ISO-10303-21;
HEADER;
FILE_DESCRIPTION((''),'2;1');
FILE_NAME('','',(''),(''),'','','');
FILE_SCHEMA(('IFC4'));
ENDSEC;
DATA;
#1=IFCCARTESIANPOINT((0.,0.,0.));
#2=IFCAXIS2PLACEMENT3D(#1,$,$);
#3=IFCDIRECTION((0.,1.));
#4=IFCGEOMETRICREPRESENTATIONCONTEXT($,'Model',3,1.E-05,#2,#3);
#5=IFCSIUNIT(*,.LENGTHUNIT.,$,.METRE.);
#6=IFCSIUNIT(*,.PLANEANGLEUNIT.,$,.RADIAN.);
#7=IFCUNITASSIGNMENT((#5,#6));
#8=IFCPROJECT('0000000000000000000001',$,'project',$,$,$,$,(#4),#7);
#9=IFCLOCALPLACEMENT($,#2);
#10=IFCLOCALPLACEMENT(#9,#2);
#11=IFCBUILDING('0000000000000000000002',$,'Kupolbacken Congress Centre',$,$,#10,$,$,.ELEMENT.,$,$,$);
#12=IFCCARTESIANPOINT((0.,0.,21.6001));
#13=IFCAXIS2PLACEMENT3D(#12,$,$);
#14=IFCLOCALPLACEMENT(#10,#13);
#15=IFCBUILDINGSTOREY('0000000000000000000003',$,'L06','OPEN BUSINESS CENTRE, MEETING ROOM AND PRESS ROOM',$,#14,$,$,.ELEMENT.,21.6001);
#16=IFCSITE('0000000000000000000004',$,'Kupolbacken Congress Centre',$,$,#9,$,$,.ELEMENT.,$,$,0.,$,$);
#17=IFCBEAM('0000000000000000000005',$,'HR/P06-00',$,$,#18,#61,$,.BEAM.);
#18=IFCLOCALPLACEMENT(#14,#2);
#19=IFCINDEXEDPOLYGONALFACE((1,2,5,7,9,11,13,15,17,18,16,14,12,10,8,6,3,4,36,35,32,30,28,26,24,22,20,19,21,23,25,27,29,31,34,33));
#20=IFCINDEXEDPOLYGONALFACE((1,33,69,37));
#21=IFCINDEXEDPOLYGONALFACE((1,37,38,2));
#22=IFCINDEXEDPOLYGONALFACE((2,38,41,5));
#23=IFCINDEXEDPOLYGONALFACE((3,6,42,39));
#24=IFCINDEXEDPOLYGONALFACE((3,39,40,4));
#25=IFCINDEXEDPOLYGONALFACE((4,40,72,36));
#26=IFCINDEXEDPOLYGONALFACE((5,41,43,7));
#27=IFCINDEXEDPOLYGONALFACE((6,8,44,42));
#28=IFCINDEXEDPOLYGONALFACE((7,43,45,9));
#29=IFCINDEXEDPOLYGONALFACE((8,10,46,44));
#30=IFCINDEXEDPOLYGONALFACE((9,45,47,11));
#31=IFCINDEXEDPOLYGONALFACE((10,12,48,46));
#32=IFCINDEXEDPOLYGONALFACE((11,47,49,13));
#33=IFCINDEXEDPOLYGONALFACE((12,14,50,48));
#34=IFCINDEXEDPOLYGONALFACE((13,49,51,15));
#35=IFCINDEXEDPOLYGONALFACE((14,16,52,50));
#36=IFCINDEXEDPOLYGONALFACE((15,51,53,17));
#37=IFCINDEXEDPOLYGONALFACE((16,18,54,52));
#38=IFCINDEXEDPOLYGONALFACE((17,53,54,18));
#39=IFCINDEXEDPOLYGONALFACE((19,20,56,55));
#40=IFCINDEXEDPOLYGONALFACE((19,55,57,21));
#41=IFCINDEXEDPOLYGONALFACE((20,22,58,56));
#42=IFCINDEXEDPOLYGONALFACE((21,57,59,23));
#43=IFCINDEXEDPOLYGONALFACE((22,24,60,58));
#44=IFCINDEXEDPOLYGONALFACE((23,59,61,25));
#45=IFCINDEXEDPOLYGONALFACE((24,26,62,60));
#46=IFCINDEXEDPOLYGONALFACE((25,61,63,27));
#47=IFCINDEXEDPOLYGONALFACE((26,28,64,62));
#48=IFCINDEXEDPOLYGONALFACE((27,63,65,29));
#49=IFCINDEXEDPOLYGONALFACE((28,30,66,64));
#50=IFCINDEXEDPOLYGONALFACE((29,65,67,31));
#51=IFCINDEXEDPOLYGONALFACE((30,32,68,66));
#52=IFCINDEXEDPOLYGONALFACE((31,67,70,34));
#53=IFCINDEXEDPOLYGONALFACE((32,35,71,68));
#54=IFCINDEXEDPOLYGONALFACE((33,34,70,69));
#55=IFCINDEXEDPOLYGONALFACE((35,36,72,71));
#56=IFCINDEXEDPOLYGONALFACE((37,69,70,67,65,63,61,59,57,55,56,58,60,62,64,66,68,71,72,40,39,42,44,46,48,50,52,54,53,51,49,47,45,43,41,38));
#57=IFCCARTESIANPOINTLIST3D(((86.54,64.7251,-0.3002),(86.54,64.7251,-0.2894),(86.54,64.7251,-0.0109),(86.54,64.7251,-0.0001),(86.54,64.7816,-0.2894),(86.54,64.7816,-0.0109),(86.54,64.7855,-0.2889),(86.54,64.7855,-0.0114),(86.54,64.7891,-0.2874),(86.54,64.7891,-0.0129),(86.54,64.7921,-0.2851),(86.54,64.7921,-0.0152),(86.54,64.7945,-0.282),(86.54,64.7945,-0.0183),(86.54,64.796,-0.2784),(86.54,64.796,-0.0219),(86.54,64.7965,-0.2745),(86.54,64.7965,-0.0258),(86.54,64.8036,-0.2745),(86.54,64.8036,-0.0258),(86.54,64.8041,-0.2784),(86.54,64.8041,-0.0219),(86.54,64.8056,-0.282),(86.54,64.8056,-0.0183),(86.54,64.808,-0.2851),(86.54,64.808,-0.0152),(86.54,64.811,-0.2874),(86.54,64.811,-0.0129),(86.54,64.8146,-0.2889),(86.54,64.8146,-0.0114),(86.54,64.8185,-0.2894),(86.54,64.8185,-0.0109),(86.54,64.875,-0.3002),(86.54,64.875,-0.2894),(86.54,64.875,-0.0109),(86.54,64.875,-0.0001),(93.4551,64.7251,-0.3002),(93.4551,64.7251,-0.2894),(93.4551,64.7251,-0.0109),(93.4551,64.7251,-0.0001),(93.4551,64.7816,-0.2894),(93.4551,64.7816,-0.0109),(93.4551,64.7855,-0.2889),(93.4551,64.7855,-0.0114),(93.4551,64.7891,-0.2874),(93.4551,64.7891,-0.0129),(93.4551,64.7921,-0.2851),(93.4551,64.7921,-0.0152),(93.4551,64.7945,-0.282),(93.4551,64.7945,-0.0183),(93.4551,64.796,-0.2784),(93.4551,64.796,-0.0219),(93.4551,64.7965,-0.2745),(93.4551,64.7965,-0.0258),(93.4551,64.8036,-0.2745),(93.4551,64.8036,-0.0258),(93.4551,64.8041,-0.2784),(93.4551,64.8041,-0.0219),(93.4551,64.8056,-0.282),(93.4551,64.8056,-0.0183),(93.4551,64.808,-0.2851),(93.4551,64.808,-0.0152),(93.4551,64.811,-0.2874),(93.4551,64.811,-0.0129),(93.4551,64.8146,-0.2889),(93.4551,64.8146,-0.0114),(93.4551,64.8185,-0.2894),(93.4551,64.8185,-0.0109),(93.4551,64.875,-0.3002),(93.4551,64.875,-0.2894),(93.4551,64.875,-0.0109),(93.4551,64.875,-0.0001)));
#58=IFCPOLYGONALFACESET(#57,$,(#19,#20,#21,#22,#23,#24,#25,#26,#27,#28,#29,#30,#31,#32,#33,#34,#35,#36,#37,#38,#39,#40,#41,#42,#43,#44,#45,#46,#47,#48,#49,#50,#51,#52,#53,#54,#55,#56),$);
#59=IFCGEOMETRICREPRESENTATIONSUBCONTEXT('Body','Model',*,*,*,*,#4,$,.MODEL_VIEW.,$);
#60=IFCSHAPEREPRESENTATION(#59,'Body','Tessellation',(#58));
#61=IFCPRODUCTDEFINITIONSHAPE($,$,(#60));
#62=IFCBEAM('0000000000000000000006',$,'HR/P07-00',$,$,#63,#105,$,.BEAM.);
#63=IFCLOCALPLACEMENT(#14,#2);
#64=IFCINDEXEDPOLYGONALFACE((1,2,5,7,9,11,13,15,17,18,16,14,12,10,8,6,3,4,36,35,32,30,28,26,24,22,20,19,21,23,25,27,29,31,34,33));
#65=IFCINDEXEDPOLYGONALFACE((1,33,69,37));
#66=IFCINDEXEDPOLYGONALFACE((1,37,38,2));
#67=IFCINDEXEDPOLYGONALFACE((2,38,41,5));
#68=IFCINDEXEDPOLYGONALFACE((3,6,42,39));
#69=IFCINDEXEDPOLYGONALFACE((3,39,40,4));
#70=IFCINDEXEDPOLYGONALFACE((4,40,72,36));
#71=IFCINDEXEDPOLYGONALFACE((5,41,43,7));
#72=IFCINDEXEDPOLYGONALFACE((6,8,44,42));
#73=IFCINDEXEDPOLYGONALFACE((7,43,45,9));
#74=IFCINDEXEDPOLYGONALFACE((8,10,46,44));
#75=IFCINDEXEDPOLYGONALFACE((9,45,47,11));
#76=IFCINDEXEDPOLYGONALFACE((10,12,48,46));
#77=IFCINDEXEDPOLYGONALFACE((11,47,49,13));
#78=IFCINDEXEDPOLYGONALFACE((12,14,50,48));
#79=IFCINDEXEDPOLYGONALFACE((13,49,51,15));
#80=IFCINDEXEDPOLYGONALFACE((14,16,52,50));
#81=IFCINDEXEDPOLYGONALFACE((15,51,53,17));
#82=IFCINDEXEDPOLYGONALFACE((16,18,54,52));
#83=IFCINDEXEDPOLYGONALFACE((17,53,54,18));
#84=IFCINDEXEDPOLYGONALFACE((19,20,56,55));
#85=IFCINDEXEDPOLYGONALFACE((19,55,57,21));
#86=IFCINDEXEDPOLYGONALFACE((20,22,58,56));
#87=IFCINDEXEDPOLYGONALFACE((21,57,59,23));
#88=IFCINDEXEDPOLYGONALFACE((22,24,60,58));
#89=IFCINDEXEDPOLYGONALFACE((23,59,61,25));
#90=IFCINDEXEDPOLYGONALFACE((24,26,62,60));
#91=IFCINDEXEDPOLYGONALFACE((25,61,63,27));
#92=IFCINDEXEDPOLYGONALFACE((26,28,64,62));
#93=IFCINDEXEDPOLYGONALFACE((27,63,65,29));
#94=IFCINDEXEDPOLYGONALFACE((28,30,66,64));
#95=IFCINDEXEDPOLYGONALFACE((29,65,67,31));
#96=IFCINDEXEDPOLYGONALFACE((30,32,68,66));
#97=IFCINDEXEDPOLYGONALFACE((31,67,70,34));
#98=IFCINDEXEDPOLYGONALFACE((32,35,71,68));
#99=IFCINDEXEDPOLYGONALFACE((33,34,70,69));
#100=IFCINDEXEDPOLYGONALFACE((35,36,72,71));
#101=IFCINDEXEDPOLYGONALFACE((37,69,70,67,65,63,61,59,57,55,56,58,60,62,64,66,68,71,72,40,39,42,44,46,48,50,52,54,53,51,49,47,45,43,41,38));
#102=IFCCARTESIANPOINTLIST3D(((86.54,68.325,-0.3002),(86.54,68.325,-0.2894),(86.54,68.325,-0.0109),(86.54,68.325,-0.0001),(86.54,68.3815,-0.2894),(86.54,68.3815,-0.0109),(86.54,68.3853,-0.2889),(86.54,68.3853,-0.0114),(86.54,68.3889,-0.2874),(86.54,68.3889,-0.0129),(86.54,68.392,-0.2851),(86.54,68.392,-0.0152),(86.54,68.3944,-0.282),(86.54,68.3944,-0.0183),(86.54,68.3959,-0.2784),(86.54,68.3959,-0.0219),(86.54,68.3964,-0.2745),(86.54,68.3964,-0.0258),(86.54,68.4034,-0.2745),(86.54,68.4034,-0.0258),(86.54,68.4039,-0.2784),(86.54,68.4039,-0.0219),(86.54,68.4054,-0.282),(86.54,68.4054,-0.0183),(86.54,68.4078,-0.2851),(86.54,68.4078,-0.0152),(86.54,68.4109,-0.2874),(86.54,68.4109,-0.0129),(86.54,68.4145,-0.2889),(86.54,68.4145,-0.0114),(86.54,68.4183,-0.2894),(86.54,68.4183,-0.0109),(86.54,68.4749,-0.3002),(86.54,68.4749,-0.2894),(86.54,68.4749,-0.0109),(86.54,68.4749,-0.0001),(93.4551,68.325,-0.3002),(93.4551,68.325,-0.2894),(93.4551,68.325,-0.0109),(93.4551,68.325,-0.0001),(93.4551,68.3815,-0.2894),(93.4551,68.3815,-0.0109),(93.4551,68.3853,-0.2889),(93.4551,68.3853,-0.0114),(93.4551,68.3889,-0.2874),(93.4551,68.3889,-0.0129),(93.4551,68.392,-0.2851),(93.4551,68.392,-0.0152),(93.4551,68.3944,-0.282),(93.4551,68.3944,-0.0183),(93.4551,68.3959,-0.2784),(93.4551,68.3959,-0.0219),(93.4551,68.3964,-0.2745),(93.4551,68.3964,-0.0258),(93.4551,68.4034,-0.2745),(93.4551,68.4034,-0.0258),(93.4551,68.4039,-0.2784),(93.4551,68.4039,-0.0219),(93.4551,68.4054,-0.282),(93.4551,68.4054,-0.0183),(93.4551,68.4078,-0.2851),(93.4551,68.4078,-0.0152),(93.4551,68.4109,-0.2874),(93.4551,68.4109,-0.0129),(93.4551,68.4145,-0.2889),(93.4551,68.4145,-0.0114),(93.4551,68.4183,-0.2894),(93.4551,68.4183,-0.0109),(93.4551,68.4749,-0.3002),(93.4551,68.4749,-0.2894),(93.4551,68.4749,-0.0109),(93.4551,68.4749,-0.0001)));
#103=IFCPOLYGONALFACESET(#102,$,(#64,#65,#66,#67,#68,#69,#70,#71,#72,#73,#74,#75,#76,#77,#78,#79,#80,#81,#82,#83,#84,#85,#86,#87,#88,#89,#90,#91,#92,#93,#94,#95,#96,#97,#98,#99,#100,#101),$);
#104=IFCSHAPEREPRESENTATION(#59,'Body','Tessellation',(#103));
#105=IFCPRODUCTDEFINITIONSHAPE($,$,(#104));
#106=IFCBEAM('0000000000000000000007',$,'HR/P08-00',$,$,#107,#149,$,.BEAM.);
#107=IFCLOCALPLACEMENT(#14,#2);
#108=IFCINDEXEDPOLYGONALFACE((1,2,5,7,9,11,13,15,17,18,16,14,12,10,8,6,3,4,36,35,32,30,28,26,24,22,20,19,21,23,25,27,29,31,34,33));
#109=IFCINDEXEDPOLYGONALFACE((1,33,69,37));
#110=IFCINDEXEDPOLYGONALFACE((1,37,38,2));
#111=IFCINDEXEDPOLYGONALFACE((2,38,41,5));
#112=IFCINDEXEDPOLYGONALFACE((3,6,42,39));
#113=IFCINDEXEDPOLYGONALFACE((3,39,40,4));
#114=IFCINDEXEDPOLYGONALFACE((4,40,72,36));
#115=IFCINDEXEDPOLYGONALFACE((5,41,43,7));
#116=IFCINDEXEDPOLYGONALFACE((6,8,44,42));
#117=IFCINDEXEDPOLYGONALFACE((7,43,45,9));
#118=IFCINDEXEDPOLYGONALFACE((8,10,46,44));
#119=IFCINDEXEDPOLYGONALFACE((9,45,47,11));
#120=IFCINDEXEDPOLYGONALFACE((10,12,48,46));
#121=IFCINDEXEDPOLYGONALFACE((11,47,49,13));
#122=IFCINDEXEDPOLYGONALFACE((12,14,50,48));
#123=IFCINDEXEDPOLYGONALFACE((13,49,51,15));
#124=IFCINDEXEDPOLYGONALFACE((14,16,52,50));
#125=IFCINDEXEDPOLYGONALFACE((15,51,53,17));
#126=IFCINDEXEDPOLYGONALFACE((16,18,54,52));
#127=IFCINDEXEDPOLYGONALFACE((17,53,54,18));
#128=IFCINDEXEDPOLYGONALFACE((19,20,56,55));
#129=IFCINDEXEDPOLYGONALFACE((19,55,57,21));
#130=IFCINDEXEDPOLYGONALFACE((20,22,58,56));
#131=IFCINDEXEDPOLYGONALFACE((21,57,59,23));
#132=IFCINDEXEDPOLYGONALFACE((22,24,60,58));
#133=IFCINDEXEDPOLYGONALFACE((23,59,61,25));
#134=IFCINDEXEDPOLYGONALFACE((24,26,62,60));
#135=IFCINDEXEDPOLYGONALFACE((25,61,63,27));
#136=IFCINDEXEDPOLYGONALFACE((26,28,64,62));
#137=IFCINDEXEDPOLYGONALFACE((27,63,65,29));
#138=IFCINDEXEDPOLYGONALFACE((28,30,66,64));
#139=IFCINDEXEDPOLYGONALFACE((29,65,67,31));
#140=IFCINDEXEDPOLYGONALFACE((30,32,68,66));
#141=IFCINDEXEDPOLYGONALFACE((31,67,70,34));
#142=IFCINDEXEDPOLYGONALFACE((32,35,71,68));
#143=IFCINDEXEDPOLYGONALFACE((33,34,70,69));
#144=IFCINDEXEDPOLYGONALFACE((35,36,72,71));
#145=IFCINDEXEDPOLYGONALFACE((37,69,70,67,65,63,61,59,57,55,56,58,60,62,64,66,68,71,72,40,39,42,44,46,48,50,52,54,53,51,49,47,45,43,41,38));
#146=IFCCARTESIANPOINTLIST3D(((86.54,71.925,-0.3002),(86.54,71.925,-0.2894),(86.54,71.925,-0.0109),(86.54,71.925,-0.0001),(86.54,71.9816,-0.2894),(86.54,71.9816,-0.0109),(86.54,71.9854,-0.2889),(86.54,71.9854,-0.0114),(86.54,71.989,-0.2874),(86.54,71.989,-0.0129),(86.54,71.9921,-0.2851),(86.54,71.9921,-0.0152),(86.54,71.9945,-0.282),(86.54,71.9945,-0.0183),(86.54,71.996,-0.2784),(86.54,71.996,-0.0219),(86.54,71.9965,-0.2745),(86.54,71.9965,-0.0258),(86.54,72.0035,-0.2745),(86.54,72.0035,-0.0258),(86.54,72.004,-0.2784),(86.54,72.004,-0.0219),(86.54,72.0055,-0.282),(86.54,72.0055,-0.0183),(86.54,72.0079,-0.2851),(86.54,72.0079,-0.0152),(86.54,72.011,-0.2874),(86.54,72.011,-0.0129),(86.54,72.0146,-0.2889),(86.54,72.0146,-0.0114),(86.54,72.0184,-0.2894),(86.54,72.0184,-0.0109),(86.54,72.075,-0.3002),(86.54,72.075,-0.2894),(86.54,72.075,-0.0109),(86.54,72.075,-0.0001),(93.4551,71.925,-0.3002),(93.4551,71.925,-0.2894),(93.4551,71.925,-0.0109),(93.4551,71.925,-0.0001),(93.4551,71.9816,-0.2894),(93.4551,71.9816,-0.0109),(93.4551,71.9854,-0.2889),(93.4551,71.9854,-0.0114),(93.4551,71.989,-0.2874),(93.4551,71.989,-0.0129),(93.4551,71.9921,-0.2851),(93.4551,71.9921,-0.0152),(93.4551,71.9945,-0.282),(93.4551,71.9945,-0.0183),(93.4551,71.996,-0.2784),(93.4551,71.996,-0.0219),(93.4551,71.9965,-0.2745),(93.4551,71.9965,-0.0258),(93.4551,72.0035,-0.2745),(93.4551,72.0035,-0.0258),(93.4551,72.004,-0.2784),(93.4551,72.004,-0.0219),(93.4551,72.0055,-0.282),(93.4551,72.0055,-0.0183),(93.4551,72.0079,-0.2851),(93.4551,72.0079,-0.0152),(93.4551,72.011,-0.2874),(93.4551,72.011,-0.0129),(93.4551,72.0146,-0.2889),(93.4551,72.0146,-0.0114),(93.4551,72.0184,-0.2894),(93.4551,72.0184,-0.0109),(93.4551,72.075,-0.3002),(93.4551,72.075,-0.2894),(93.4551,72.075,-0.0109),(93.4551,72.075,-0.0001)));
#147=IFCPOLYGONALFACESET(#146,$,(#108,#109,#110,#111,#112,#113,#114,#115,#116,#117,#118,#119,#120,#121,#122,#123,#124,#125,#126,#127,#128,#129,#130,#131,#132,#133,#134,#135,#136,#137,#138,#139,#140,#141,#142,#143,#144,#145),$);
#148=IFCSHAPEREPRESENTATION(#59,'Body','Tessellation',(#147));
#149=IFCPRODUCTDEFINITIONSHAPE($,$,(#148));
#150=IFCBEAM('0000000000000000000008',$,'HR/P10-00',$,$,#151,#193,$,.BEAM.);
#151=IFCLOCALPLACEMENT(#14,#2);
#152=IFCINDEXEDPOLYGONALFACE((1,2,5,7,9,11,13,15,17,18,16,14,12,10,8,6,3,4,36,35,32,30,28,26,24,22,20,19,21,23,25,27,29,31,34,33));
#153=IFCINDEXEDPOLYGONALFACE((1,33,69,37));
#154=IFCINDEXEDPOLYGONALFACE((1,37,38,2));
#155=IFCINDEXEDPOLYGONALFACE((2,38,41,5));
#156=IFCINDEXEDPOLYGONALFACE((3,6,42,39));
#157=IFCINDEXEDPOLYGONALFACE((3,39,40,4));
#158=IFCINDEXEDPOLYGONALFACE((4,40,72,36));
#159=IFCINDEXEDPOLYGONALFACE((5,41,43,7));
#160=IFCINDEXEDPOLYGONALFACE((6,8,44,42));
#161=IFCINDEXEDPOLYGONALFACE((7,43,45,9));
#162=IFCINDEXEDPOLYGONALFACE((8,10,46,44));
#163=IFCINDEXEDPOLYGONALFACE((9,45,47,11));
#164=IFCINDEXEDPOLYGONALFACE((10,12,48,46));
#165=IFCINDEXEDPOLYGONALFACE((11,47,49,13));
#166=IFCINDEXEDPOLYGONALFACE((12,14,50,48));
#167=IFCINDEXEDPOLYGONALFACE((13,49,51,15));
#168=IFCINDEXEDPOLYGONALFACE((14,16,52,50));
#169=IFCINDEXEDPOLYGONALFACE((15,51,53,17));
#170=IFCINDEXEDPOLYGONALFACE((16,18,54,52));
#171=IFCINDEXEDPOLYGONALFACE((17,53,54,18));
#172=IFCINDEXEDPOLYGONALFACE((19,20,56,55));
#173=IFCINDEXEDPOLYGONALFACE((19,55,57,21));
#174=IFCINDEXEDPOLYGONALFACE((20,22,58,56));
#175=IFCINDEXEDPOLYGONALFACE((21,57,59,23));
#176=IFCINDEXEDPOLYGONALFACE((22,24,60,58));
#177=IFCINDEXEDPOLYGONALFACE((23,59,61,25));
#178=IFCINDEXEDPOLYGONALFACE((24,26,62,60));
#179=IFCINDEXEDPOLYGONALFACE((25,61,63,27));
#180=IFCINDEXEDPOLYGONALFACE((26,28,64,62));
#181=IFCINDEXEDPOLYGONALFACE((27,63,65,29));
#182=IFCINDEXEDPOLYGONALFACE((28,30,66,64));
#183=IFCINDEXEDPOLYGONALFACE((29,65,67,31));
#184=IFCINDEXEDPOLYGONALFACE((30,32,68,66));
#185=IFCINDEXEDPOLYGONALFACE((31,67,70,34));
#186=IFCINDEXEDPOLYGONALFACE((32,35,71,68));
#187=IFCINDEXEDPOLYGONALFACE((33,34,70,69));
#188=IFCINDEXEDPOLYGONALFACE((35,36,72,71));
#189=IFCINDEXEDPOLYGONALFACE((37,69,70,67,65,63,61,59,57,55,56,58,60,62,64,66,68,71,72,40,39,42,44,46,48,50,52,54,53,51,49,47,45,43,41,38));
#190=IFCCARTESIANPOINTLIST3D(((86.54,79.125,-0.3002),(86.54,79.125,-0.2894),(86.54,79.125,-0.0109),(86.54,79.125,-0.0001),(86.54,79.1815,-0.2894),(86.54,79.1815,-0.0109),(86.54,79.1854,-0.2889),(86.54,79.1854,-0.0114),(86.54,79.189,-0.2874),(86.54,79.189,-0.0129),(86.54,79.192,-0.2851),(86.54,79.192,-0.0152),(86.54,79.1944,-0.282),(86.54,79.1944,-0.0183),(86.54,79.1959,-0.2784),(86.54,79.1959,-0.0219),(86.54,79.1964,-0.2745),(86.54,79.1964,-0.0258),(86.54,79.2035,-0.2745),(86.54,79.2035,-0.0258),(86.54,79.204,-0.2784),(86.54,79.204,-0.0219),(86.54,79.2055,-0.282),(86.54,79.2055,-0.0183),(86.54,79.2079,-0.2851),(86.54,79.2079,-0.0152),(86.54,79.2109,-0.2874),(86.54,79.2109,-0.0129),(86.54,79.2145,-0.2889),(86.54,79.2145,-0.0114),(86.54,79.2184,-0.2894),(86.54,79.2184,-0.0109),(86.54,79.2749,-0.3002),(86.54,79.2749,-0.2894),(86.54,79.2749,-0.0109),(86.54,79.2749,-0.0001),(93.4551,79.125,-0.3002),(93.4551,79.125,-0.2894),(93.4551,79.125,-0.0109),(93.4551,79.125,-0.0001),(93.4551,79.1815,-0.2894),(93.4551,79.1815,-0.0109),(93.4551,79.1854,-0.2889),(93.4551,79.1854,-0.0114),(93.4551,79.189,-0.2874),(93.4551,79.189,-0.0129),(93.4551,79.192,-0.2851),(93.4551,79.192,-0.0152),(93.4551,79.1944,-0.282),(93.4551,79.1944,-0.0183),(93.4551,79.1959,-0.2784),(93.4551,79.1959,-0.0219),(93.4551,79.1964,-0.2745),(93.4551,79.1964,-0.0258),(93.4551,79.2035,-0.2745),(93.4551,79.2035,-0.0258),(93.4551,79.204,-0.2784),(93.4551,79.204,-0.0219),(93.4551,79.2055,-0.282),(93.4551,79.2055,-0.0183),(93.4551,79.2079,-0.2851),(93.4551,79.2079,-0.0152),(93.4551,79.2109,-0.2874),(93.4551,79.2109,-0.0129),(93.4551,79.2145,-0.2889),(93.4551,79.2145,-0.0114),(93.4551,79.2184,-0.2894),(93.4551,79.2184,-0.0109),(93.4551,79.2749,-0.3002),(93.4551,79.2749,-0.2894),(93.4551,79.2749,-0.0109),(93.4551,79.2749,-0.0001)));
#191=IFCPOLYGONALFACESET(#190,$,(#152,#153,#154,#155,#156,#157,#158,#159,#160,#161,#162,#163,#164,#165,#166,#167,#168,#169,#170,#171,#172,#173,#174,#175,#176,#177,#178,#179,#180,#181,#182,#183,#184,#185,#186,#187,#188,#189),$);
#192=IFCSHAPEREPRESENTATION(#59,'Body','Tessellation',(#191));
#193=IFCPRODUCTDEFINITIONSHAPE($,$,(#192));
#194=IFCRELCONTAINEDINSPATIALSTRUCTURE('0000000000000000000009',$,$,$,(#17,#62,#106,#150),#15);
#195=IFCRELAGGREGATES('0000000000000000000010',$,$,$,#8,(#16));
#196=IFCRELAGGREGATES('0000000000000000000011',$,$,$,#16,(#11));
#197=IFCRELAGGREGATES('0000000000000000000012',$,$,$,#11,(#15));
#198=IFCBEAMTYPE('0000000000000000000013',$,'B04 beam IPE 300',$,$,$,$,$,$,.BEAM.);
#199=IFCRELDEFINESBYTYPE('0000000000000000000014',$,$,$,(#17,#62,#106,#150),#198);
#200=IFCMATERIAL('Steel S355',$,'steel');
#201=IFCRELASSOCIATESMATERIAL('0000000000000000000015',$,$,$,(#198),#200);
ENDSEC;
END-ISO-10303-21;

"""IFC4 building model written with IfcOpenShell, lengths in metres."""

from ifc_helpers import new_model, si_unit, direction, frame, origin, origin_2d, place, context, subcontext, project, spatial, i_section, extrude, material, material_profile, profile_set, type_object, element, save


model = new_model("IFC4")

# Units and contexts
model_context = context("Model", 3, precision=1e-05, world=origin(), true_north=direction((0.0, 1.0)))
body_context = subcontext(model_context, "Body", "Model", "MODEL_VIEW")
ifc_project = project(units=[si_unit("LENGTHUNIT", "METRE"), si_unit("PLANEANGLEUNIT", "RADIAN")], contexts=[model_context])

# Site, building, storey
site_placement = place(None, origin())
site = spatial("IfcSite", under=ifc_project, at=site_placement, Name="Kupolbacken Congress Centre", CompositionType="ELEMENT", RefElevation=0.0)
building_placement = place(site_placement, origin())
building = spatial("IfcBuilding", under=site, at=building_placement, Name="Kupolbacken Congress Centre", CompositionType="ELEMENT")
storey_placement = place(building_placement, frame((0.0, 0.0, 21.6001)))
storey = spatial("IfcBuildingStorey", under=building, at=storey_placement, Name="L06", Description="OPEN BUSINESS CENTRE, MEETING ROOM AND PRESS ROOM", CompositionType="ELEMENT", Elevation=21.6001)

# Beams
ifc_material_1 = material(Name="Steel S355", Category="steel")
ifc_material_profile_1 = material_profile(ifc_material_1, i_section(OverallWidth=0.1499, OverallDepth=0.3, WebThickness=0.0071, FlangeThickness=0.0107, FilletRadius=0.0149, at=origin_2d()), Name="IPE 300")
ifc_profile_set_1 = profile_set([ifc_material_profile_1], Name="Steel S355")
beam_type_1 = type_object("IfcBeamType", Name="B04 beam IPE 300", PredefinedType="BEAM", material=ifc_profile_set_1)
for number, where, z_axis, x_axis, name in (
    (1, (86.54, 64.8, -0.1501), (1.0, 0.0, 0.0), (0.0, 1.0, 0.0), "HR/P06-00"),
    (2, (86.54, 68.3999, -0.1501), (1.0, 0.0, 0.0), (0.0, 1.0, 0.0), "HR/P07-00"),
    (3, (86.54, 72.0, -0.1501), (1.0, 0.0, 0.0), (0.0, 1.0, 0.0), "HR/P08-00"),
    (4, (86.54, 79.2, -0.1501), (1.0, 0.0, 0.0), (0.0, 1.0, 0.0), "HR/P10-00"),
):
    element("IfcBeam", number, at=place(storey_placement, frame(where, z_axis=z_axis, x_axis=x_axis)), inside=storey, type_object=beam_type_1, Name=name, PredefinedType="BEAM", context=body_context, shape_type="SweptSolid", body=[
        extrude(i_section(OverallWidth=0.1499, OverallDepth=0.3, WebThickness=0.0071, FlangeThickness=0.0107, FilletRadius=0.0149, at=origin_2d()), origin(), (0.0, 0.0, 1.0), 6.915),
    ])

save(model, "model.ifc")
